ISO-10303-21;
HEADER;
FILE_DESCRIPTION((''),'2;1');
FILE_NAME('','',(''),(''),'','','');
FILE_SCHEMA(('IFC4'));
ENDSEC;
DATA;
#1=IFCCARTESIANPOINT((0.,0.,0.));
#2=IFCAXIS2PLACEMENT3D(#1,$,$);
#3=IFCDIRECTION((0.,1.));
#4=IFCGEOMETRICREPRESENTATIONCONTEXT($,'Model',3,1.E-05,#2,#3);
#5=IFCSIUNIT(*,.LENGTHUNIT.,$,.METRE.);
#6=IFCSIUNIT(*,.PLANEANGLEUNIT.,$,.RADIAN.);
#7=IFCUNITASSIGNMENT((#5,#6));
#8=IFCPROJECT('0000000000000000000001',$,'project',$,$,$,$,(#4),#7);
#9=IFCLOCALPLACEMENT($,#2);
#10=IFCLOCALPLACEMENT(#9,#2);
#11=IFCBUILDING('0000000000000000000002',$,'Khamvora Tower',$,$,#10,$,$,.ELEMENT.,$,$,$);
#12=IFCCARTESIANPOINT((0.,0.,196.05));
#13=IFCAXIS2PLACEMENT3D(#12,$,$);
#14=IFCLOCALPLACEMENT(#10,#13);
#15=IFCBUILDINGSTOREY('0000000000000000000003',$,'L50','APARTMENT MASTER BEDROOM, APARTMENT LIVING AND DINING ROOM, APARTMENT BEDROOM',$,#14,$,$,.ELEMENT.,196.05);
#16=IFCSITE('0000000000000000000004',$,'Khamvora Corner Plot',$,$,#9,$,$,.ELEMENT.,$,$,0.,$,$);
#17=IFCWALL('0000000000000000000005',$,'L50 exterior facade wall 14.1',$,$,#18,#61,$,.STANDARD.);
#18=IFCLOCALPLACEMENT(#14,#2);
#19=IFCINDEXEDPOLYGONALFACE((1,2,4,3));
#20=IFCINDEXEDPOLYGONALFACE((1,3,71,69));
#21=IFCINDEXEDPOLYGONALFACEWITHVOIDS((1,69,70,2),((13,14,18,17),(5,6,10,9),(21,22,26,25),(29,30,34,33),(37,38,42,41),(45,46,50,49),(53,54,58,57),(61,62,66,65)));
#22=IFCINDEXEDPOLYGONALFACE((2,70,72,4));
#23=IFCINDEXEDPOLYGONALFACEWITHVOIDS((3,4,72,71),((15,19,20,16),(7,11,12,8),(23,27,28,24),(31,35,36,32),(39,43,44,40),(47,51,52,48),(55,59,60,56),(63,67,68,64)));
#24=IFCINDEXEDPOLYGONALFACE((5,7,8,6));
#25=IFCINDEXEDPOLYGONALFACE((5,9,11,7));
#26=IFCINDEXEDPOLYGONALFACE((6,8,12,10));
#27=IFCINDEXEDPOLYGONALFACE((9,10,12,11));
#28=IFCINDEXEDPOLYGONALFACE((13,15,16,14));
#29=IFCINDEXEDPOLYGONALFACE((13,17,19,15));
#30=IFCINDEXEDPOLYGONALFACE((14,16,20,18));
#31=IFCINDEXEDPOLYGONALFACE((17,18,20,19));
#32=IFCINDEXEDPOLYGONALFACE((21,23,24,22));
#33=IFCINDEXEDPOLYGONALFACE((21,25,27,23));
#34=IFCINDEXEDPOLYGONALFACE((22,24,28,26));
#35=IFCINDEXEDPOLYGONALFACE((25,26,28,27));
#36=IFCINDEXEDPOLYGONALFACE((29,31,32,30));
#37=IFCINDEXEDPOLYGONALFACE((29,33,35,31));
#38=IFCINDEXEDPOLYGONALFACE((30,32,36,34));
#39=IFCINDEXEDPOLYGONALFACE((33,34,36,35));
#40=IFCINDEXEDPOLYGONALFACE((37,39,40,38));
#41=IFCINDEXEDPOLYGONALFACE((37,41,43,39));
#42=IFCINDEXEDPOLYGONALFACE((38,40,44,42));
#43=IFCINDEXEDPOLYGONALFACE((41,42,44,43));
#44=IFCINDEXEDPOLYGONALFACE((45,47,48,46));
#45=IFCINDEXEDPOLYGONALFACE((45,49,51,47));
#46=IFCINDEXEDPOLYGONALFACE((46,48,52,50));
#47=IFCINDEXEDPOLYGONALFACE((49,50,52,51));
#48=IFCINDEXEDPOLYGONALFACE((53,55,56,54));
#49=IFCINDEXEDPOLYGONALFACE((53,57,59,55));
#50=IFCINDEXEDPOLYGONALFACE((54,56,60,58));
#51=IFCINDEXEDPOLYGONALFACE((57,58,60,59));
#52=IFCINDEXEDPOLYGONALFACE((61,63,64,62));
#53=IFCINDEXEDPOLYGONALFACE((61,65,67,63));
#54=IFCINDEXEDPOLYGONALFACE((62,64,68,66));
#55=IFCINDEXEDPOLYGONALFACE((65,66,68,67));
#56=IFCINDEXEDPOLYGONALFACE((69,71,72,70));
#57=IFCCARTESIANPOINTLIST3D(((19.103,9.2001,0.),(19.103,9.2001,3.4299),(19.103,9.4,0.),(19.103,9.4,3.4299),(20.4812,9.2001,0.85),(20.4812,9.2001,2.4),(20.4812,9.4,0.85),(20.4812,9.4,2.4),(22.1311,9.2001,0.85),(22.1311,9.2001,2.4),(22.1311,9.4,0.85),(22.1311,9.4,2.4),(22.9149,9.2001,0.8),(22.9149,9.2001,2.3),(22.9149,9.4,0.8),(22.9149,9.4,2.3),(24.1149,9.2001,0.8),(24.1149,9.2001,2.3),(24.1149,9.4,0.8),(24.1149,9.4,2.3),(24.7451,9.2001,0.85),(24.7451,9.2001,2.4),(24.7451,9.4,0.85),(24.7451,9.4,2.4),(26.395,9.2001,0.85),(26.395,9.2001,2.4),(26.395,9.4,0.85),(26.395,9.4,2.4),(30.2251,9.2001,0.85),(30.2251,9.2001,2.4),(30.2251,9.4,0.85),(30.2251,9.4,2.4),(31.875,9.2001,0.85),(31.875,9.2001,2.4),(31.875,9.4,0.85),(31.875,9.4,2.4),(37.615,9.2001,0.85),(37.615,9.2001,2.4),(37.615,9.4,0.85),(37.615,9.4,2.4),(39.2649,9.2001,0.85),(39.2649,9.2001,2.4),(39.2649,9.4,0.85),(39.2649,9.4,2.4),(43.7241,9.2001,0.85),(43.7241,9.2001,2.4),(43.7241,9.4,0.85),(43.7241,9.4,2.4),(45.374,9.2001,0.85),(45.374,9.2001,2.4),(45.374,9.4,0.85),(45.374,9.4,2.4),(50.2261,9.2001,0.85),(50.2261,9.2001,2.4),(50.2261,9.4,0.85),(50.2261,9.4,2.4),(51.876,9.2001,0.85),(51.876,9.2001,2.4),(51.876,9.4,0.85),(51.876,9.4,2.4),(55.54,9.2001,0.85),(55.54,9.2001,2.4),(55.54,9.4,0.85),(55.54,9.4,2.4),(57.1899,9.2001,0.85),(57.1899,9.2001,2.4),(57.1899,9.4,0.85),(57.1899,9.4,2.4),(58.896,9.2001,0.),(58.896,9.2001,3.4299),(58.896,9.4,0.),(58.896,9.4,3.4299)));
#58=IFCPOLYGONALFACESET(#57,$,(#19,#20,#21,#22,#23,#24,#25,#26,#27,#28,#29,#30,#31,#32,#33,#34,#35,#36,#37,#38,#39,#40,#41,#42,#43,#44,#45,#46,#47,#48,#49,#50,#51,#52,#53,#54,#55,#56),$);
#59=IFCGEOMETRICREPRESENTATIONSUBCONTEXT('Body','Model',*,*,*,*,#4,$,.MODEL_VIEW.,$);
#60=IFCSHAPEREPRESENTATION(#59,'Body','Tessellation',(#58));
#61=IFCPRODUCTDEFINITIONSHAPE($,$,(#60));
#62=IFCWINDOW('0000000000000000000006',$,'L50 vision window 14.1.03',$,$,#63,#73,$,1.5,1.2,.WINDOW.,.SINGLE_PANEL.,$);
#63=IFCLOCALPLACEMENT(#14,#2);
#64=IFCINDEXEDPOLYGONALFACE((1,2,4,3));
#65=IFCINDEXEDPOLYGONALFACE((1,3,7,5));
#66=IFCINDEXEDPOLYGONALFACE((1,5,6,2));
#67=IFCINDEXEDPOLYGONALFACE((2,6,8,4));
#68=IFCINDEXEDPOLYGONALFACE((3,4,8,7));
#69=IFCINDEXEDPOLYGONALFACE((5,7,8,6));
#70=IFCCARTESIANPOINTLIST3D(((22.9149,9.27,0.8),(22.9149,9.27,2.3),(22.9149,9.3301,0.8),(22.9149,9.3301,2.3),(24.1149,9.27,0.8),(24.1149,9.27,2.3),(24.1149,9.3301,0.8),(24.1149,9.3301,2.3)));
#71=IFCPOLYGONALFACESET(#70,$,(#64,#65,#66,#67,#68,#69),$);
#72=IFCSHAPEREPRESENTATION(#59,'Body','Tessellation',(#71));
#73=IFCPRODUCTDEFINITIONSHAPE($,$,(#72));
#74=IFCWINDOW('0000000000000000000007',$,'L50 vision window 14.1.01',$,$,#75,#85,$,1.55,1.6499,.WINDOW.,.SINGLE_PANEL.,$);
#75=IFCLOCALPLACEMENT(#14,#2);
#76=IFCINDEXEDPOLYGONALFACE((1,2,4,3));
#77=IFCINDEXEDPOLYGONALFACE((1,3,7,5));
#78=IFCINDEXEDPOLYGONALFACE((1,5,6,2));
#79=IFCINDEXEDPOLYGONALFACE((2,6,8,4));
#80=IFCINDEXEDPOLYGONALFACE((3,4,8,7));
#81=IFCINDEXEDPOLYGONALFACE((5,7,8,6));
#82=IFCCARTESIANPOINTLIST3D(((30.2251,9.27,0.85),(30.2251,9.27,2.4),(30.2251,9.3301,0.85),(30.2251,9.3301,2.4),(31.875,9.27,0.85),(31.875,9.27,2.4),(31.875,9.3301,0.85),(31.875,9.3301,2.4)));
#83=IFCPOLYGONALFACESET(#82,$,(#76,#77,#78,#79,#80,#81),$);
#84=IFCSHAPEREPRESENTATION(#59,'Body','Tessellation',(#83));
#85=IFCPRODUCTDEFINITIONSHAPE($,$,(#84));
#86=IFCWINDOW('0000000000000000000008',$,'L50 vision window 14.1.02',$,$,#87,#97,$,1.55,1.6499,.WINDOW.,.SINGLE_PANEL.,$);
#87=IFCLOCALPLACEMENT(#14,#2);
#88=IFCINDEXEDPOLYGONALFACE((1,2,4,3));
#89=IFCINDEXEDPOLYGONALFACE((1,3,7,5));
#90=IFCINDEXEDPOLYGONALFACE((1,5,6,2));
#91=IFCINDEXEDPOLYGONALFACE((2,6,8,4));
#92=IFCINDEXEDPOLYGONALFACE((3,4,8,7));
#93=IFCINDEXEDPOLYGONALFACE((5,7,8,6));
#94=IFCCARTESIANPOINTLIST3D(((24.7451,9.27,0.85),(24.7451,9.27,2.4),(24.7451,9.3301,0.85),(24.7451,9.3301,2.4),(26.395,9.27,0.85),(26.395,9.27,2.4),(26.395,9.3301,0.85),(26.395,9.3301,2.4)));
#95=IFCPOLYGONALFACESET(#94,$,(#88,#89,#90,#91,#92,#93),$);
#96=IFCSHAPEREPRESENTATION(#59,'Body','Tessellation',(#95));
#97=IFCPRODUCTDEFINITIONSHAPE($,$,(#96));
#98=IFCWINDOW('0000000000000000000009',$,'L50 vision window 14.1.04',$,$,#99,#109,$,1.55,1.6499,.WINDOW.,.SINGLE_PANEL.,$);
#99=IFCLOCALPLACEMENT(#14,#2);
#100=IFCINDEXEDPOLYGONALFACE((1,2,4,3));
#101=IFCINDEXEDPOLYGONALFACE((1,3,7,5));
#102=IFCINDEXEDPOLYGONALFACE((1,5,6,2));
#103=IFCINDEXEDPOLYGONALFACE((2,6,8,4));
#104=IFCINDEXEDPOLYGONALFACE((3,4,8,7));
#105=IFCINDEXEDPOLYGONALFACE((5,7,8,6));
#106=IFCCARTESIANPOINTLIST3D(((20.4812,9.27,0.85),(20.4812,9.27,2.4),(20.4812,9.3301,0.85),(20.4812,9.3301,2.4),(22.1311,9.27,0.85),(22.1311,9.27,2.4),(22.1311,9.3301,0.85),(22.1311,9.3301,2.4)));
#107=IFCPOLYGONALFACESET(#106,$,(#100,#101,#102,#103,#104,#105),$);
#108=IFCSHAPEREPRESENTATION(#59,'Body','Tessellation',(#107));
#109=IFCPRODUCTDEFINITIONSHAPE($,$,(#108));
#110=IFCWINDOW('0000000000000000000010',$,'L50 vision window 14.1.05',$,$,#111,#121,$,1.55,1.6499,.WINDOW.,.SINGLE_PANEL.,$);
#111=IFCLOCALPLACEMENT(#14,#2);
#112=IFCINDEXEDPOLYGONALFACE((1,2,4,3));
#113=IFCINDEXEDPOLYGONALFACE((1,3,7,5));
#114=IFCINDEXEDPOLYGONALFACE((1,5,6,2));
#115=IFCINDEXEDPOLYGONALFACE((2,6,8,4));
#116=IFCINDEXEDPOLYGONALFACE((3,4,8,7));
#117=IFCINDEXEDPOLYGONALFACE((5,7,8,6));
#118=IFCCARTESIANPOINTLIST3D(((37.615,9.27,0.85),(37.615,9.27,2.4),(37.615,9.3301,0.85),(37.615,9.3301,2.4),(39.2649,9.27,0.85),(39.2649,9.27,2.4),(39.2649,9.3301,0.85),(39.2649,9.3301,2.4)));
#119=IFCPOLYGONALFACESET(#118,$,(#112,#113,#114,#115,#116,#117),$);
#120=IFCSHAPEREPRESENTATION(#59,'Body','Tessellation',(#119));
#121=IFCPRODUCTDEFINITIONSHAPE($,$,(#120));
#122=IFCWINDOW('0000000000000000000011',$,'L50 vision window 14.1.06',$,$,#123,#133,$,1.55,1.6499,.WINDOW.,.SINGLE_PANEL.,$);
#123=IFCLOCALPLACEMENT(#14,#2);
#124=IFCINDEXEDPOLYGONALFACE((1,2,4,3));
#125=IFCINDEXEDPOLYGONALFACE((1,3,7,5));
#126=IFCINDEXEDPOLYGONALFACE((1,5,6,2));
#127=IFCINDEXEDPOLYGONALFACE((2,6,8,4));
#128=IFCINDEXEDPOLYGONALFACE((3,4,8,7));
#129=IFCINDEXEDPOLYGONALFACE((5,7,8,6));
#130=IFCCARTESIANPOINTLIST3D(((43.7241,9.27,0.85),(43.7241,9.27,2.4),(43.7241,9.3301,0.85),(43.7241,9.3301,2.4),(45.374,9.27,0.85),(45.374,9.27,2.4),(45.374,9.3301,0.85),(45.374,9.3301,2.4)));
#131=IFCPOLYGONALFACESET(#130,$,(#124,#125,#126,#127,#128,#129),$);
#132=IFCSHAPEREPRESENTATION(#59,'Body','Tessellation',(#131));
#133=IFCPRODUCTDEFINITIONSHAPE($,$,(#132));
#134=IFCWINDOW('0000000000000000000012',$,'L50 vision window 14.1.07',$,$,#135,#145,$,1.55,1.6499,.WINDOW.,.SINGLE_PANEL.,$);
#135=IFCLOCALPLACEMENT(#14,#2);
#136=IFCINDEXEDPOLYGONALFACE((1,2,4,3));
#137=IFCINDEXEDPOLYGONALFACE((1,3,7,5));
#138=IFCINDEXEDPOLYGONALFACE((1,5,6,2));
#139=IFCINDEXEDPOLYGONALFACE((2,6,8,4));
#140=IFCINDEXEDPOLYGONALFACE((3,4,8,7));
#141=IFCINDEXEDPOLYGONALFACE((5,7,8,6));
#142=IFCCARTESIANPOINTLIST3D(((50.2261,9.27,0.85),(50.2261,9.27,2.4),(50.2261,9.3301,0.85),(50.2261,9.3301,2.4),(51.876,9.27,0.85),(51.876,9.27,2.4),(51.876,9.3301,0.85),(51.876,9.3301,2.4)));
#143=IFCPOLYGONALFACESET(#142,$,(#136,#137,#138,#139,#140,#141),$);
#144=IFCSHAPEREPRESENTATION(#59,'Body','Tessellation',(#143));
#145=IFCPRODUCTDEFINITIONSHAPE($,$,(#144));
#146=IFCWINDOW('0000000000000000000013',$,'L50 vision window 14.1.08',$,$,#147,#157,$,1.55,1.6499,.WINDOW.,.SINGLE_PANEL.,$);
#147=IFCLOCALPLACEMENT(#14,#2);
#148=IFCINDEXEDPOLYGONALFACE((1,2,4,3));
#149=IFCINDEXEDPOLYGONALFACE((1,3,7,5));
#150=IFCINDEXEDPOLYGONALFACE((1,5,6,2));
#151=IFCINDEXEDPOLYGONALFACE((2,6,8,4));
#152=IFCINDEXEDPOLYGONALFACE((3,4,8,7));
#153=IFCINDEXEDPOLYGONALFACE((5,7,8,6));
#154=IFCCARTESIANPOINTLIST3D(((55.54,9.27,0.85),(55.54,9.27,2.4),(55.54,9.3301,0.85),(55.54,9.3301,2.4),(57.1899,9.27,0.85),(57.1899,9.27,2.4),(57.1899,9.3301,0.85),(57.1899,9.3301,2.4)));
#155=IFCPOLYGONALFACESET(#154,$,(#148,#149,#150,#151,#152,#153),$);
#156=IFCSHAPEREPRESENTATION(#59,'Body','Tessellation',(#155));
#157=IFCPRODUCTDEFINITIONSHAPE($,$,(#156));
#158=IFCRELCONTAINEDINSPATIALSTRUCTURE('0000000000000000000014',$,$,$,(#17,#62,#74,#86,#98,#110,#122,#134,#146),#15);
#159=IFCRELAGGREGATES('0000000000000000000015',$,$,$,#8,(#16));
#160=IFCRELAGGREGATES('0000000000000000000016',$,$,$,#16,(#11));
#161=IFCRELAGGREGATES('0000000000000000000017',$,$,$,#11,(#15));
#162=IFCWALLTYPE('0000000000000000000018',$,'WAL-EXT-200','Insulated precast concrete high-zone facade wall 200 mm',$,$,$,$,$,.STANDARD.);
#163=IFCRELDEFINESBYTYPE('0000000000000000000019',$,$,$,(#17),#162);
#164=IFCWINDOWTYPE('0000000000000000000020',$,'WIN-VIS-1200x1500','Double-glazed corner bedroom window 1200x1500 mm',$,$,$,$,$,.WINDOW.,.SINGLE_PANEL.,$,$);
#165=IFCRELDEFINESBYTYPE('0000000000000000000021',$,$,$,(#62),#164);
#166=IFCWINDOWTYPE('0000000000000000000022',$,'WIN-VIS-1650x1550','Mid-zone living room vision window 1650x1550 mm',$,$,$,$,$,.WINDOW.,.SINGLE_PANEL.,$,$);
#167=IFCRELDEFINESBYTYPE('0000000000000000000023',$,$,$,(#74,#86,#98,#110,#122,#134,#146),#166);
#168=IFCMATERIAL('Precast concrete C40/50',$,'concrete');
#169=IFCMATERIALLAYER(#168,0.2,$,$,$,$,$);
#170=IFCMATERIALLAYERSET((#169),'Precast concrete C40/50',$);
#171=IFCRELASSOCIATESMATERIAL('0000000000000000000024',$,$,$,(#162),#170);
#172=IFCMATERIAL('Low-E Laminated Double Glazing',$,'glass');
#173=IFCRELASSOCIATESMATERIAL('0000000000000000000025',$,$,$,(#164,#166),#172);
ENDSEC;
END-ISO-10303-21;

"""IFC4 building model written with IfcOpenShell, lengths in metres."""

from ifc_helpers import new_model, si_unit, direction, frame, frame_2d, origin, place, context, subcontext, project, spatial, rectangle, extrude, material, layer, layer_set, type_object, element, fill, save


model = new_model("IFC4")

# Units and contexts
model_context = context("Model", 3, precision=1e-05, world=origin(), true_north=direction((0.0, 1.0)))
body_context = subcontext(model_context, "Body", "Model", "MODEL_VIEW")
ifc_project = project(units=[si_unit("LENGTHUNIT", "METRE"), si_unit("PLANEANGLEUNIT", "RADIAN")], contexts=[model_context])

# Site, building, storey
site_placement = place(None, origin())
site = spatial("IfcSite", under=ifc_project, at=site_placement, Name="Khamvora Corner Plot", CompositionType="ELEMENT", RefElevation=0.0)
building_placement = place(site_placement, origin())
building = spatial("IfcBuilding", under=site, at=building_placement, Name="Khamvora Tower", CompositionType="ELEMENT")
storey_placement = place(building_placement, frame((0.0, 0.0, 196.05)))
storey = spatial("IfcBuildingStorey", under=building, at=storey_placement, Name="L50", Description="APARTMENT MASTER BEDROOM, APARTMENT LIVING AND DINING ROOM, APARTMENT BEDROOM", CompositionType="ELEMENT", Elevation=196.05)

# Shared definitions
ifc_material_1 = material(Name="Precast concrete C40/50", Category="concrete")
ifc_layer_1 = layer(ifc_material_1, 0.2)
ifc_layer_set_1 = layer_set([ifc_layer_1], Name="Precast concrete C40/50")
wall_type_1 = type_object("IfcWallType", Name="WAL-EXT-200", Description="Insulated precast concrete high-zone facade wall 200 mm", PredefinedType="STANDARD", material=ifc_layer_set_1)

# Wall, openings, windows
wall_1_placement = place(storey_placement, frame((58.896, 9.3, 0.0), z_axis=(0.0, 0.0, 1.0), x_axis=(-1.0, 0.0, 0.0)))
wall_1 = element("IfcWall", 1, at=wall_1_placement, inside=storey, type_object=wall_type_1, Name="L50 exterior facade wall 14.1", PredefinedType="STANDARD", context=body_context, shape_type="SweptSolid", body=[
    extrude(rectangle(XDim=39.793, YDim=0.2, at=frame_2d((19.8965, 0.0))), origin(), (0.0, 0.0, 1.0), 3.4299),
])
opening_1_placement = place(wall_1_placement, frame((27.021, 0.0, 0.8501)))
opening_1 = element("IfcOpeningElement", 2, at=opening_1_placement, cuts=wall_1, PredefinedType="OPENING", context=body_context, shape_type="SweptSolid", body=[
    extrude(rectangle(XDim=1.6499, YDim=1.55, at=frame_2d((0.825, 0.7749))), frame((0.0, 0.1099, 0.0), z_axis=(0.0, -1.0, 0.0), x_axis=(1.0, 0.0, 0.0)), (0.0, 0.0, 1.0), 0.22),
])
opening_2_placement = place(wall_1_placement, frame((32.501, 0.0, 0.8501)))
opening_2 = element("IfcOpeningElement", 3, at=opening_2_placement, cuts=wall_1, PredefinedType="OPENING", context=body_context, shape_type="SweptSolid", body=[
    extrude(rectangle(XDim=1.6499, YDim=1.55, at=frame_2d((0.825, 0.7749))), frame((0.0, 0.1099, 0.0), z_axis=(0.0, -1.0, 0.0), x_axis=(1.0, 0.0, 0.0)), (0.0, 0.0, 1.0), 0.22),
])
opening_3_placement = place(wall_1_placement, frame((34.781, 0.0, 0.8)))
opening_3 = element("IfcOpeningElement", 4, at=opening_3_placement, cuts=wall_1, PredefinedType="OPENING", context=body_context, shape_type="SweptSolid", body=[
    extrude(rectangle(XDim=1.2, YDim=1.5, at=frame_2d((0.6001, 0.75))), frame((0.0, 0.1099, 0.0), z_axis=(0.0, -1.0, 0.0), x_axis=(1.0, 0.0, 0.0)), (0.0, 0.0, 1.0), 0.22),
])
opening_4_placement = place(wall_1_placement, frame((36.7649, 0.0, 0.8501)))
opening_4 = element("IfcOpeningElement", 5, at=opening_4_placement, cuts=wall_1, PredefinedType="OPENING", context=body_context, shape_type="SweptSolid", body=[
    extrude(rectangle(XDim=1.6499, YDim=1.55, at=frame_2d((0.825, 0.7749))), frame((0.0, 0.1099, 0.0), z_axis=(0.0, -1.0, 0.0), x_axis=(1.0, 0.0, 0.0)), (0.0, 0.0, 1.0), 0.22),
])
opening_5_placement = place(wall_1_placement, frame((19.6311, 0.0, 0.8501)))
opening_5 = element("IfcOpeningElement", 6, at=opening_5_placement, cuts=wall_1, PredefinedType="OPENING", context=body_context, shape_type="SweptSolid", body=[
    extrude(rectangle(XDim=1.6499, YDim=1.55, at=frame_2d((0.825, 0.7749))), frame((0.0, 0.1099, 0.0), z_axis=(0.0, -1.0, 0.0), x_axis=(1.0, 0.0, 0.0)), (0.0, 0.0, 1.0), 0.22),
])
opening_6_placement = place(wall_1_placement, frame((13.522, 0.0, 0.8501)))
opening_6 = element("IfcOpeningElement", 7, at=opening_6_placement, cuts=wall_1, PredefinedType="OPENING", context=body_context, shape_type="SweptSolid", body=[
    extrude(rectangle(XDim=1.6499, YDim=1.55, at=frame_2d((0.825, 0.7749))), frame((0.0, 0.1099, 0.0), z_axis=(0.0, -1.0, 0.0), x_axis=(1.0, 0.0, 0.0)), (0.0, 0.0, 1.0), 0.22),
])
opening_7_placement = place(wall_1_placement, frame((7.02, 0.0, 0.8501)))
opening_7 = element("IfcOpeningElement", 8, at=opening_7_placement, cuts=wall_1, PredefinedType="OPENING", context=body_context, shape_type="SweptSolid", body=[
    extrude(rectangle(XDim=1.6499, YDim=1.55, at=frame_2d((0.825, 0.7749))), frame((0.0, 0.1099, 0.0), z_axis=(0.0, -1.0, 0.0), x_axis=(1.0, 0.0, 0.0)), (0.0, 0.0, 1.0), 0.22),
])
opening_8_placement = place(wall_1_placement, frame((1.7061, 0.0, 0.8501)))
opening_8 = element("IfcOpeningElement", 9, at=opening_8_placement, cuts=wall_1, PredefinedType="OPENING", context=body_context, shape_type="SweptSolid", body=[
    extrude(rectangle(XDim=1.6499, YDim=1.55, at=frame_2d((0.825, 0.7749))), frame((0.0, 0.1099, 0.0), z_axis=(0.0, -1.0, 0.0), x_axis=(1.0, 0.0, 0.0)), (0.0, 0.0, 1.0), 0.22),
])
ifc_material_2 = material(Name="Low-E Laminated Double Glazing", Category="glass")
window_type_1 = type_object("IfcWindowType", Name="WIN-VIS-1200x1500", Description="Double-glazed corner bedroom window 1200x1500 mm", PartitioningType="SINGLE_PANEL", PredefinedType="WINDOW", material=ifc_material_2)
window_1_placement = place(opening_3_placement, origin())
window_1 = element("IfcWindow", 10, at=window_1_placement, inside=storey, type_object=window_type_1, Name="L50 vision window 14.1.03", OverallHeight=1.5, OverallWidth=1.2, PartitioningType="SINGLE_PANEL", PredefinedType="WINDOW", context=body_context, shape_type="SweptSolid", body=[
    extrude(rectangle(XDim=1.2, YDim=1.5, at=frame_2d((0.6001, 0.75))), frame((0.0, 0.03, 0.0), z_axis=(0.0, -1.0, 0.0), x_axis=(1.0, 0.0, 0.0)), (0.0, 0.0, 1.0), 0.0601),
])
fill(opening_3, window_1)
window_type_2 = type_object("IfcWindowType", Name="WIN-VIS-1650x1550", Description="Mid-zone living room vision window 1650x1550 mm", PartitioningType="SINGLE_PANEL", PredefinedType="WINDOW", material=ifc_material_2)
window_2_placement = place(opening_1_placement, origin())
window_2 = element("IfcWindow", 11, at=window_2_placement, inside=storey, type_object=window_type_2, Name="L50 vision window 14.1.01", OverallHeight=1.55, OverallWidth=1.6499, PartitioningType="SINGLE_PANEL", PredefinedType="WINDOW", context=body_context, shape_type="SweptSolid", body=[
    extrude(rectangle(XDim=1.6499, YDim=1.55, at=frame_2d((0.825, 0.7749))), frame((0.0, 0.03, 0.0), z_axis=(0.0, -1.0, 0.0), x_axis=(1.0, 0.0, 0.0)), (0.0, 0.0, 1.0), 0.0601),
])
fill(opening_1, window_2)
window_3_placement = place(opening_2_placement, origin())
window_3 = element("IfcWindow", 12, at=window_3_placement, inside=storey, type_object=window_type_2, Name="L50 vision window 14.1.02", OverallHeight=1.55, OverallWidth=1.6499, PartitioningType="SINGLE_PANEL", PredefinedType="WINDOW", context=body_context, shape_type="SweptSolid", body=[
    extrude(rectangle(XDim=1.6499, YDim=1.55, at=frame_2d((0.825, 0.7749))), frame((0.0, 0.03, 0.0), z_axis=(0.0, -1.0, 0.0), x_axis=(1.0, 0.0, 0.0)), (0.0, 0.0, 1.0), 0.0601),
])
fill(opening_2, window_3)
window_4_placement = place(opening_4_placement, origin())
window_4 = element("IfcWindow", 13, at=window_4_placement, inside=storey, type_object=window_type_2, Name="L50 vision window 14.1.04", OverallHeight=1.55, OverallWidth=1.6499, PartitioningType="SINGLE_PANEL", PredefinedType="WINDOW", context=body_context, shape_type="SweptSolid", body=[
    extrude(rectangle(XDim=1.6499, YDim=1.55, at=frame_2d((0.825, 0.7749))), frame((0.0, 0.03, 0.0), z_axis=(0.0, -1.0, 0.0), x_axis=(1.0, 0.0, 0.0)), (0.0, 0.0, 1.0), 0.0601),
])
fill(opening_4, window_4)
window_5_placement = place(opening_5_placement, origin())
window_5 = element("IfcWindow", 14, at=window_5_placement, inside=storey, type_object=window_type_2, Name="L50 vision window 14.1.05", OverallHeight=1.55, OverallWidth=1.6499, PartitioningType="SINGLE_PANEL", PredefinedType="WINDOW", context=body_context, shape_type="SweptSolid", body=[
    extrude(rectangle(XDim=1.6499, YDim=1.55, at=frame_2d((0.825, 0.7749))), frame((0.0, 0.03, 0.0), z_axis=(0.0, -1.0, 0.0), x_axis=(1.0, 0.0, 0.0)), (0.0, 0.0, 1.0), 0.0601),
])
fill(opening_5, window_5)
window_6_placement = place(opening_6_placement, origin())
window_6 = element("IfcWindow", 15, at=window_6_placement, inside=storey, type_object=window_type_2, Name="L50 vision window 14.1.06", OverallHeight=1.55, OverallWidth=1.6499, PartitioningType="SINGLE_PANEL", PredefinedType="WINDOW", context=body_context, shape_type="SweptSolid", body=[
    extrude(rectangle(XDim=1.6499, YDim=1.55, at=frame_2d((0.825, 0.7749))), frame((0.0, 0.03, 0.0), z_axis=(0.0, -1.0, 0.0), x_axis=(1.0, 0.0, 0.0)), (0.0, 0.0, 1.0), 0.0601),
])
fill(opening_6, window_6)
window_7_placement = place(opening_7_placement, origin())
window_7 = element("IfcWindow", 16, at=window_7_placement, inside=storey, type_object=window_type_2, Name="L50 vision window 14.1.07", OverallHeight=1.55, OverallWidth=1.6499, PartitioningType="SINGLE_PANEL", PredefinedType="WINDOW", context=body_context, shape_type="SweptSolid", body=[
    extrude(rectangle(XDim=1.6499, YDim=1.55, at=frame_2d((0.825, 0.7749))), frame((0.0, 0.03, 0.0), z_axis=(0.0, -1.0, 0.0), x_axis=(1.0, 0.0, 0.0)), (0.0, 0.0, 1.0), 0.0601),
])
fill(opening_7, window_7)
window_8_placement = place(opening_8_placement, origin())
window_8 = element("IfcWindow", 17, at=window_8_placement, inside=storey, type_object=window_type_2, Name="L50 vision window 14.1.08", OverallHeight=1.55, OverallWidth=1.6499, PartitioningType="SINGLE_PANEL", PredefinedType="WINDOW", context=body_context, shape_type="SweptSolid", body=[
    extrude(rectangle(XDim=1.6499, YDim=1.55, at=frame_2d((0.825, 0.7749))), frame((0.0, 0.03, 0.0), z_axis=(0.0, -1.0, 0.0), x_axis=(1.0, 0.0, 0.0)), (0.0, 0.0, 1.0), 0.0601),
])
fill(opening_8, window_8)

save(model, "model.ifc")
